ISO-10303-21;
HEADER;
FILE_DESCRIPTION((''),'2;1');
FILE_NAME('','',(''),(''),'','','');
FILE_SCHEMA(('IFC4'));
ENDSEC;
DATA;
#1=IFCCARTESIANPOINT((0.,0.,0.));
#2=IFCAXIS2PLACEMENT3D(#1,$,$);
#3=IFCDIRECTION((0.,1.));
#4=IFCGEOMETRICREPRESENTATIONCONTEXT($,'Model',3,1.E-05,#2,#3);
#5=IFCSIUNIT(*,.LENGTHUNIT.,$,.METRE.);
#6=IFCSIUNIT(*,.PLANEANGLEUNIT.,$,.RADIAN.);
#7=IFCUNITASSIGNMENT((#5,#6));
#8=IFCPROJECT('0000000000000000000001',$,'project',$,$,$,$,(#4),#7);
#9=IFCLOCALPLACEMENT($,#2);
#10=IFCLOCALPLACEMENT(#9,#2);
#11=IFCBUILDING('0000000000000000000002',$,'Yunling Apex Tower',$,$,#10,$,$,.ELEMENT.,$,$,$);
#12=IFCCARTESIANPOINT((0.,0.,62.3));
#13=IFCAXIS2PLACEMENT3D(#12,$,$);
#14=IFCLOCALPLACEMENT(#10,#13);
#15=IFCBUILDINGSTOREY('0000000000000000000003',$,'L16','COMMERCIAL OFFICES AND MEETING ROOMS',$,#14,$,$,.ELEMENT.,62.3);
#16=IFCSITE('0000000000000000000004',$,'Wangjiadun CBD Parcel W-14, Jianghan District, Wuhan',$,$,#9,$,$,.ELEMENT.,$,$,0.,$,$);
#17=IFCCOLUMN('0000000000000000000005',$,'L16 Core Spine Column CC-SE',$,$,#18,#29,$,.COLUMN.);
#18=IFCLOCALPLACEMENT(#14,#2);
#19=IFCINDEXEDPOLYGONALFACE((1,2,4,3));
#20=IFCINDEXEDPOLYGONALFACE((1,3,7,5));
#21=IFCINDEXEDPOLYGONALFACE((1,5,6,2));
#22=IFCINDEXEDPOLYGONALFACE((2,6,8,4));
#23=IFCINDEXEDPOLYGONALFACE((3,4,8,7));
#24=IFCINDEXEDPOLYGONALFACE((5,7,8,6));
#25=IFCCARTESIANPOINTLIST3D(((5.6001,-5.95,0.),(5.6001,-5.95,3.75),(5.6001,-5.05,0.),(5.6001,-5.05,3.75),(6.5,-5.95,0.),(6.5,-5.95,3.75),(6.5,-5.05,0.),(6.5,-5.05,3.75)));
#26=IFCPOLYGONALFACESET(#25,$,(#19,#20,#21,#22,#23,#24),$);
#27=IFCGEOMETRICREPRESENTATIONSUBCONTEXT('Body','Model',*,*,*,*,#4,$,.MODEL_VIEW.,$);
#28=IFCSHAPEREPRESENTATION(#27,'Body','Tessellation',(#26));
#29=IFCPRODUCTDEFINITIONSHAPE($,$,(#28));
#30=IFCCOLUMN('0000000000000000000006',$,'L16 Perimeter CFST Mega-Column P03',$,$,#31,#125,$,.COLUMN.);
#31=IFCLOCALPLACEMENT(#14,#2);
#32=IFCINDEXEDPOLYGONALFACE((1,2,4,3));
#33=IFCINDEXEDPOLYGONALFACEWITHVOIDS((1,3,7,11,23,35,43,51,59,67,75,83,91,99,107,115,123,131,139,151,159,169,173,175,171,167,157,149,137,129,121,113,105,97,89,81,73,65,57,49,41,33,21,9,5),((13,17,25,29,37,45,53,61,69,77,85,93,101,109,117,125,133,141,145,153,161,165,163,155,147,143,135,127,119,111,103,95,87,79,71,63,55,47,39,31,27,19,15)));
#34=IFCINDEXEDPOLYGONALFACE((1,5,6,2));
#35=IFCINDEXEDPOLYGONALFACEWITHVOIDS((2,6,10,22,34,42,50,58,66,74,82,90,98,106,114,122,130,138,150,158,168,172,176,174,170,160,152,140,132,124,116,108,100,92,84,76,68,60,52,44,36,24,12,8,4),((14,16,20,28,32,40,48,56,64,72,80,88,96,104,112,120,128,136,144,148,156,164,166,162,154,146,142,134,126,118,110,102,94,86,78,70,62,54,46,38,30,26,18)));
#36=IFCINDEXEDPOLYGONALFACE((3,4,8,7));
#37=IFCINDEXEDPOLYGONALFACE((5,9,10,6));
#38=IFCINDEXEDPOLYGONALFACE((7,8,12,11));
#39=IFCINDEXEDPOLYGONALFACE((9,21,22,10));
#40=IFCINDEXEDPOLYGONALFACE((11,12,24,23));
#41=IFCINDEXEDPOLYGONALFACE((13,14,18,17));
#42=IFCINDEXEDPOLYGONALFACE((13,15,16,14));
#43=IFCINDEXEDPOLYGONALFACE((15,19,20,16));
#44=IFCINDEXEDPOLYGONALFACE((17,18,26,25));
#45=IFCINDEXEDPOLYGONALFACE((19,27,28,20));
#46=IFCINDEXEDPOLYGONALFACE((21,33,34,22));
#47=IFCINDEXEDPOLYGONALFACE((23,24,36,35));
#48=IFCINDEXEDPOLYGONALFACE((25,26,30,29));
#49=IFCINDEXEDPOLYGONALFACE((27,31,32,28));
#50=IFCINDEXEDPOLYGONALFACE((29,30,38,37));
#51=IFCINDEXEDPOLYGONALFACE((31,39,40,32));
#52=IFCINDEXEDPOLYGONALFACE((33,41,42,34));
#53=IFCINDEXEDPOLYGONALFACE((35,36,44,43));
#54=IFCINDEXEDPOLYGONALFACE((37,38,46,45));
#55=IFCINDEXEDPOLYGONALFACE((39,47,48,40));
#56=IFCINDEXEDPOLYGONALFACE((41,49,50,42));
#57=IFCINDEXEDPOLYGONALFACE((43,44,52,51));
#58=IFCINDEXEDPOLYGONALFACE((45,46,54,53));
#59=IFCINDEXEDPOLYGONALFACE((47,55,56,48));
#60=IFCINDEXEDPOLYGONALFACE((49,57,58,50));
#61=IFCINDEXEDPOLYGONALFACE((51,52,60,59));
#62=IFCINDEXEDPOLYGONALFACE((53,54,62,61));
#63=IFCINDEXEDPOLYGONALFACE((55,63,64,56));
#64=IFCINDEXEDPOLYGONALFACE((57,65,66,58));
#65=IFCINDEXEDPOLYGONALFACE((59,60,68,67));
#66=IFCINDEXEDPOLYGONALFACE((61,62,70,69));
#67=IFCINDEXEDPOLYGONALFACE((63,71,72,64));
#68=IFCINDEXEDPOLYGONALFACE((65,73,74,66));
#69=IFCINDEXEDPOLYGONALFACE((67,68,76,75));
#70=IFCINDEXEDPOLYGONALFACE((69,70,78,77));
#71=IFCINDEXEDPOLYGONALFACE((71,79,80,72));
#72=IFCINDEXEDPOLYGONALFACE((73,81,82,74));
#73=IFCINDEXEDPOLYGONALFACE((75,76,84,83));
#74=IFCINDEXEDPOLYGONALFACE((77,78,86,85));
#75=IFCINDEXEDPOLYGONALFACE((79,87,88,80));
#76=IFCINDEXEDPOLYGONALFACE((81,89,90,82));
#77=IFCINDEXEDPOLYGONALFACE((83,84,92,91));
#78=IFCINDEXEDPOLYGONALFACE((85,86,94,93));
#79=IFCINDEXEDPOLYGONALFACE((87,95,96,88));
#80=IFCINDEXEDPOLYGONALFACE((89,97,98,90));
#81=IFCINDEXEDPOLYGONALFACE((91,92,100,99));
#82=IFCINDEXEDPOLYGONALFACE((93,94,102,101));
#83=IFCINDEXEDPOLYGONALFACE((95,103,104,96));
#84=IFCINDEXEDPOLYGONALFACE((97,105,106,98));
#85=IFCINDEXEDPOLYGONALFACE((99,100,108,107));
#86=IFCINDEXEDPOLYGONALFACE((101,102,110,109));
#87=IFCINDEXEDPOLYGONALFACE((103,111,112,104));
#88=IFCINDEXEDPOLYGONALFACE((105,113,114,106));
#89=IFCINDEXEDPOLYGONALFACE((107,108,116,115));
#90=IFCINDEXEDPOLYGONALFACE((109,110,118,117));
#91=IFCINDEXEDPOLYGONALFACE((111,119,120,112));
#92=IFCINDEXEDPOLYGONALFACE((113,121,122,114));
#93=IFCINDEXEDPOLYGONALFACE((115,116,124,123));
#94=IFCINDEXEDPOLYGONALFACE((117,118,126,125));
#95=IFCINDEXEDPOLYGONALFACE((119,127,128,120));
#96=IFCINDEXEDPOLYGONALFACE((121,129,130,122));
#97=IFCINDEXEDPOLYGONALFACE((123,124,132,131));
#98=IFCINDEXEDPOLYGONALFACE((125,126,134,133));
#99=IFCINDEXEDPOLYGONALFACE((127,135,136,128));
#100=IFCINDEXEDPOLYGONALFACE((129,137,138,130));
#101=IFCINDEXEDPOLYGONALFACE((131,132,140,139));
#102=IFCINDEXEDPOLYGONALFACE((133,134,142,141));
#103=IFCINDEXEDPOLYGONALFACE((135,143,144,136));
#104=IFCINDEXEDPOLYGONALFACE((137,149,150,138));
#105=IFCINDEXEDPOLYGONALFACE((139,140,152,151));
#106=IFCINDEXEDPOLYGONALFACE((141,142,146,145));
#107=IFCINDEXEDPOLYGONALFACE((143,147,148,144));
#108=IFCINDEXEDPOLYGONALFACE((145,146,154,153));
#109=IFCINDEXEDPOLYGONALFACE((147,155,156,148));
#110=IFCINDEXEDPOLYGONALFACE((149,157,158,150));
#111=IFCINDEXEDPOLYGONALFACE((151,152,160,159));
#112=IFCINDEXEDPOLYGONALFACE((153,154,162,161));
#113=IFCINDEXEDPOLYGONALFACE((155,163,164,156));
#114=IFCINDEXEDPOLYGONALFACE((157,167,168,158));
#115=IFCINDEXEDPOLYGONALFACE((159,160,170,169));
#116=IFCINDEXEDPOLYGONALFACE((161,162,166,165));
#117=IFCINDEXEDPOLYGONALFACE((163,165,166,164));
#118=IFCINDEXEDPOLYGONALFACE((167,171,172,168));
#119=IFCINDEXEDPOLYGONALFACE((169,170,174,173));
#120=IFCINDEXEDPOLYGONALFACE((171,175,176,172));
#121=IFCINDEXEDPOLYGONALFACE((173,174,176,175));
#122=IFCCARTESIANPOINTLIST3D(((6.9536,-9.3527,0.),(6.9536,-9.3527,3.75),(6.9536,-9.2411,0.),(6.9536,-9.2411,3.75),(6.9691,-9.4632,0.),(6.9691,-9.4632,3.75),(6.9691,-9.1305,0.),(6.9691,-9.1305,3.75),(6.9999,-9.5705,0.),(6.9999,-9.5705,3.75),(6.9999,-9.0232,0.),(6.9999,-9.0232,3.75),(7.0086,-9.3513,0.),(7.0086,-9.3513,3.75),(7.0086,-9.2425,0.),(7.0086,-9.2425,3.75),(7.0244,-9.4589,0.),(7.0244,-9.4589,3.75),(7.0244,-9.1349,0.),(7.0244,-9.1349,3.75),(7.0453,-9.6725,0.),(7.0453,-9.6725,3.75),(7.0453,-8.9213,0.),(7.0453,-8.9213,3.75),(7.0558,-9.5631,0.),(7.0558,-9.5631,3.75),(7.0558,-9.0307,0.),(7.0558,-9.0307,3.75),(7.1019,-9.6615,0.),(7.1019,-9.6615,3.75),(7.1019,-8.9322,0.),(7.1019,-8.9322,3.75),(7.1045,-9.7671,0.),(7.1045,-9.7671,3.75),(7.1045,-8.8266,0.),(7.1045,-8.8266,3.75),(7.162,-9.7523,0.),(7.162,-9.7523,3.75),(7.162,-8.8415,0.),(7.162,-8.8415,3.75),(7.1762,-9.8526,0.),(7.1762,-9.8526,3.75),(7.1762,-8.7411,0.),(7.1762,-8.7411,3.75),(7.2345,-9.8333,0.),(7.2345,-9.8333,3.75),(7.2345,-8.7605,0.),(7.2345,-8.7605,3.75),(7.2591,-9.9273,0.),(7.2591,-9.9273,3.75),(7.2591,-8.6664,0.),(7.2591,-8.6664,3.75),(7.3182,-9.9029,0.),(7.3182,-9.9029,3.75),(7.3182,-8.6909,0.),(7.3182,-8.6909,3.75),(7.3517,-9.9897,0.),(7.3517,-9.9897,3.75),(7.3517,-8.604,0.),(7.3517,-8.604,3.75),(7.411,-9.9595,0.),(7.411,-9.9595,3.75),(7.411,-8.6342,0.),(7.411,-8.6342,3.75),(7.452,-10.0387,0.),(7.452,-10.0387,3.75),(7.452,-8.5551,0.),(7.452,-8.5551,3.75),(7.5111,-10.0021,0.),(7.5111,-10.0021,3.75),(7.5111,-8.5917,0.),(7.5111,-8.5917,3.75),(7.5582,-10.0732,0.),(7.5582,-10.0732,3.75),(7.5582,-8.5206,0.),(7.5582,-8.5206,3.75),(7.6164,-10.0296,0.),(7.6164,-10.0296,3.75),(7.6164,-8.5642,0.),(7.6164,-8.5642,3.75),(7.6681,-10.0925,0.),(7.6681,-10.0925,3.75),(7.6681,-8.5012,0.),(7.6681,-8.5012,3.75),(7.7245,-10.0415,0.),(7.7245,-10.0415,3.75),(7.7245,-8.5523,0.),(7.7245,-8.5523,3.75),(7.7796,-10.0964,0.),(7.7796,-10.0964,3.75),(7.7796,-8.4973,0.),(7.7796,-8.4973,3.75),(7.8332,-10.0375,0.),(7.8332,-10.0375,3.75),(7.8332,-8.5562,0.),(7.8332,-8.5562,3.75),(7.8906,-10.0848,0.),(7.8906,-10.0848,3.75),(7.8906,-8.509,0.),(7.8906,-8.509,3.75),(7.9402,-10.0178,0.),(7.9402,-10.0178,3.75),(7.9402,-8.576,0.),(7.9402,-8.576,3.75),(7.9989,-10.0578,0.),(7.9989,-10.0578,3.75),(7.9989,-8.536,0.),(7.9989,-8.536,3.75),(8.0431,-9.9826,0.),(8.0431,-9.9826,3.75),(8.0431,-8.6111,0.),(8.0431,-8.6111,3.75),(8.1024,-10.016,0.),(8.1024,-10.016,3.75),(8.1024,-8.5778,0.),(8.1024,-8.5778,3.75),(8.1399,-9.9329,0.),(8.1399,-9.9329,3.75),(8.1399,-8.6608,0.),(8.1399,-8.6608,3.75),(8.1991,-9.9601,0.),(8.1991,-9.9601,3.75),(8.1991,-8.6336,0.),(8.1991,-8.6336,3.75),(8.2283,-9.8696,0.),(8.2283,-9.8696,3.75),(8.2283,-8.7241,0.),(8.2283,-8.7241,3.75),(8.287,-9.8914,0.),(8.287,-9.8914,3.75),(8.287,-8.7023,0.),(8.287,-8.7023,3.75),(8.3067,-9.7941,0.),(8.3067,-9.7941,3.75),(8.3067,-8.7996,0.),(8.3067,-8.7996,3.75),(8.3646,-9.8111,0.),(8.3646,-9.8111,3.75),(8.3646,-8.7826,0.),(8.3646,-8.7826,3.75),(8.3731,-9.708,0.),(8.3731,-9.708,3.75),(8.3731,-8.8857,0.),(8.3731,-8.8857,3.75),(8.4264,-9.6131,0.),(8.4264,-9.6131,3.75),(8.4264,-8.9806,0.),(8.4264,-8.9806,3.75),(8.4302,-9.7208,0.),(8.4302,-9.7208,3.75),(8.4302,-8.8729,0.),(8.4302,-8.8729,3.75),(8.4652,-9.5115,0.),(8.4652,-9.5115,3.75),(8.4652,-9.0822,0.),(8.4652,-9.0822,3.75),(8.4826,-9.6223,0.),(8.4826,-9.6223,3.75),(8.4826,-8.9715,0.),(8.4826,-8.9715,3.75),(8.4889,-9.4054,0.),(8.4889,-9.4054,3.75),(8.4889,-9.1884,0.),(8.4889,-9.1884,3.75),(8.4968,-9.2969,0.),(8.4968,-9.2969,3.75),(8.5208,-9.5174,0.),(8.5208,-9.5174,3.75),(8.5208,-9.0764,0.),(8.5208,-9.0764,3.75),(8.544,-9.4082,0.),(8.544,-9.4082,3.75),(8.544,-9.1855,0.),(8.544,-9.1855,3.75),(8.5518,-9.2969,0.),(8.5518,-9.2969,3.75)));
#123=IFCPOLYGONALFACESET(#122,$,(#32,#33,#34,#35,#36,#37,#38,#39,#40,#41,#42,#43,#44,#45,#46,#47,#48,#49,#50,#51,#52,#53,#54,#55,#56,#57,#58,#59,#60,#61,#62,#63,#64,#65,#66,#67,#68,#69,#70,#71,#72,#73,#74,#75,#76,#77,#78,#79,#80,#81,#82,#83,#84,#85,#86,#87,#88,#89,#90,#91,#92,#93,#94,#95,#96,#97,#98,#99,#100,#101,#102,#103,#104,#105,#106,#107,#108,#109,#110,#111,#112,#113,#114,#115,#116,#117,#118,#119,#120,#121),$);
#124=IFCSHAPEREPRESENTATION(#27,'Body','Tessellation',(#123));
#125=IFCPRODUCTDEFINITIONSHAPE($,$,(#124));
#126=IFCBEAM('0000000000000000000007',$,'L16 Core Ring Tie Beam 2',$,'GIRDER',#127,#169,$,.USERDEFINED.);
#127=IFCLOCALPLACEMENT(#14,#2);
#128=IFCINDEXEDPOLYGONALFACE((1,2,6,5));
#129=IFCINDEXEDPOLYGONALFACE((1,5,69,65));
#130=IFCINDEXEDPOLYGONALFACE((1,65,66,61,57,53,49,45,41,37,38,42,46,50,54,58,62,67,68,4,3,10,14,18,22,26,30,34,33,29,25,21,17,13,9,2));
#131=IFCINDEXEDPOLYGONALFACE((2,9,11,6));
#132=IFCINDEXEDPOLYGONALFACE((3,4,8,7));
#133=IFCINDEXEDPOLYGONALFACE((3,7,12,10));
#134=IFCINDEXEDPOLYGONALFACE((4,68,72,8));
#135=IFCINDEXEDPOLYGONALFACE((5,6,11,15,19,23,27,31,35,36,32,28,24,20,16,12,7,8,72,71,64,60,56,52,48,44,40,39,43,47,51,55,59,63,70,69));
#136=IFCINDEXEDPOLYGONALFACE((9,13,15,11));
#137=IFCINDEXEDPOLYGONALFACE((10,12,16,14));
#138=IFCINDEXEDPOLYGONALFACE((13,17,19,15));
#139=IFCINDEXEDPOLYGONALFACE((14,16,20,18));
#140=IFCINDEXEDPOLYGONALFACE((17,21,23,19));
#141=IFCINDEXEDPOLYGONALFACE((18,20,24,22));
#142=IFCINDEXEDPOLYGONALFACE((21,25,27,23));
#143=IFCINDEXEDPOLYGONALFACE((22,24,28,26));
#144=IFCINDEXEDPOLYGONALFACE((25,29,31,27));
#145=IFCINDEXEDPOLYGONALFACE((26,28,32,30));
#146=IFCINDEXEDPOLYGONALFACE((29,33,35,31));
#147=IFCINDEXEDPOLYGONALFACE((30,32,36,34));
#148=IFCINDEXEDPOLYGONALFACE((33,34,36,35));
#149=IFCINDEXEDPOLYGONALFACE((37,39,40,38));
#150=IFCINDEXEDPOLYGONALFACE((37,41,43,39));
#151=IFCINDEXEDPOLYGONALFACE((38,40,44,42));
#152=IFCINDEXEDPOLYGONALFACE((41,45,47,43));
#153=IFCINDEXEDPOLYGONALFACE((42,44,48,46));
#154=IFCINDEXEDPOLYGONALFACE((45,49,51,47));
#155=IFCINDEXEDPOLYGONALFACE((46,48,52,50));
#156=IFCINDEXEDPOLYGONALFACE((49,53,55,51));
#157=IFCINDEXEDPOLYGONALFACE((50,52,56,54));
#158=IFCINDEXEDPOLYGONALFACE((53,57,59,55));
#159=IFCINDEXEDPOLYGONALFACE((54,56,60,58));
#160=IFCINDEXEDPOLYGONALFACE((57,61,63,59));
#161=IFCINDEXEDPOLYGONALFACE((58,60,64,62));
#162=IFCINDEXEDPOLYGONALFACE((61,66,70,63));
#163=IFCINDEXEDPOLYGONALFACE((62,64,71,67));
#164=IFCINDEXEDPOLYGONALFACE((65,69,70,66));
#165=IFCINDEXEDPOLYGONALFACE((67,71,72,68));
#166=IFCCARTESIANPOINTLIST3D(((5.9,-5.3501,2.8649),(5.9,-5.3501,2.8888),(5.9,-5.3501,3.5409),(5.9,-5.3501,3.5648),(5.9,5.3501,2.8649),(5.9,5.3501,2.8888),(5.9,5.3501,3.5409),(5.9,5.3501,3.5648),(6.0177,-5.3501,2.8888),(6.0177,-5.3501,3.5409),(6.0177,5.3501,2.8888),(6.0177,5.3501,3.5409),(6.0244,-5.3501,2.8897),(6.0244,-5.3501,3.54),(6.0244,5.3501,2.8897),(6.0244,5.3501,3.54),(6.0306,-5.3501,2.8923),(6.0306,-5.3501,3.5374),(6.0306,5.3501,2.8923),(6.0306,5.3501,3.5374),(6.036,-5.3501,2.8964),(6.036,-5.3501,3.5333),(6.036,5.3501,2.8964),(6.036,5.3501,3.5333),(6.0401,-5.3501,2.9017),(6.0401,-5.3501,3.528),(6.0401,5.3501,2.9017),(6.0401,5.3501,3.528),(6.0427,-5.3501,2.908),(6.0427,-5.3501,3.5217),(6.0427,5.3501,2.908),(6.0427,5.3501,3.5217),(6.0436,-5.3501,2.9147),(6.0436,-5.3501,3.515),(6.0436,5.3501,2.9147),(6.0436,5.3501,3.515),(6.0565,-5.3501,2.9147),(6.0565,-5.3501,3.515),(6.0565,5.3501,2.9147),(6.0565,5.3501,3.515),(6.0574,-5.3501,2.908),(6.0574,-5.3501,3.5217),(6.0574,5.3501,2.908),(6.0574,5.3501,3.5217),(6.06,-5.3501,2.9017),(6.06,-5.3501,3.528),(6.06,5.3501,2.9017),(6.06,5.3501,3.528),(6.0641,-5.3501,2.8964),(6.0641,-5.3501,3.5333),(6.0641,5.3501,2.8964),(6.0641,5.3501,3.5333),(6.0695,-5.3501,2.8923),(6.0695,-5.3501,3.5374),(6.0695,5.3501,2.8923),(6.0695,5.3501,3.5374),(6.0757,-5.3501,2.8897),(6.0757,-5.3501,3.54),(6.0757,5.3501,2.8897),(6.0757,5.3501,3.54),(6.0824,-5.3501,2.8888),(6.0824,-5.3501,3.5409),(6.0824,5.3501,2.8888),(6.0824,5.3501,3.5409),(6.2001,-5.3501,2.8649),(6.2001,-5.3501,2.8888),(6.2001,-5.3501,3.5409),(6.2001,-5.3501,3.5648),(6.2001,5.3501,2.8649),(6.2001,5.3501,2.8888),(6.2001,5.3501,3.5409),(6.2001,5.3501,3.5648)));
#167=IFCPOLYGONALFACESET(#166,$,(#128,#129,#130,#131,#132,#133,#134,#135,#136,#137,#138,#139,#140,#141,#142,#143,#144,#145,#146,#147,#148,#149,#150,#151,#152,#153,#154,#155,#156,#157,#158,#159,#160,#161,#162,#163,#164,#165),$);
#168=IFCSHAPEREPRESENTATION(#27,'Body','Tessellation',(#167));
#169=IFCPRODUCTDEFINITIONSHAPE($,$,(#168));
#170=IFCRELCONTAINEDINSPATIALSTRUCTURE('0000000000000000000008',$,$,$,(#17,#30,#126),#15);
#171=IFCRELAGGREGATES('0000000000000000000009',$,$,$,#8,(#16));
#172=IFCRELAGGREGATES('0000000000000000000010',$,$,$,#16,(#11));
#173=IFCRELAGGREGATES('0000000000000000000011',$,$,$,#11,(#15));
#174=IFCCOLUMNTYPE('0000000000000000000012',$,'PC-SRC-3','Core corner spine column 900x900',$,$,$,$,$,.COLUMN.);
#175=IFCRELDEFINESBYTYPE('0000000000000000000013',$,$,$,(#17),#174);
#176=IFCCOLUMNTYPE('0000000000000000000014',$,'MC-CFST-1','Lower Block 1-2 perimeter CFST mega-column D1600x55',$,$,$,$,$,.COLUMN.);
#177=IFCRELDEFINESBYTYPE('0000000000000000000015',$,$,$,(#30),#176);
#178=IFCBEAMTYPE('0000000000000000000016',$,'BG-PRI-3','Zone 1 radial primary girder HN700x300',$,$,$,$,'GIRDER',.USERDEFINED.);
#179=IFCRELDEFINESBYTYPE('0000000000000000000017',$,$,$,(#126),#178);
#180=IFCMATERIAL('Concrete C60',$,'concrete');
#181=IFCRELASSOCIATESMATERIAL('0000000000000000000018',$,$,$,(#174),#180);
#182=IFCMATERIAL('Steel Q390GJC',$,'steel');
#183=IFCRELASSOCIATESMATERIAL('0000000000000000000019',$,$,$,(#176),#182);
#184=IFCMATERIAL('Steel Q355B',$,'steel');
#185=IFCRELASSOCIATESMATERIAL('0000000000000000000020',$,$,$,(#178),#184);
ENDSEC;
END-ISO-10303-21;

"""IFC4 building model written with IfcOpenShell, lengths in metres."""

from ifc_helpers import new_model, si_unit, direction, frame, origin, origin_2d, place, context, subcontext, project, spatial, rectangle, hollow_circle, i_section, extrude, source, transform, mapped, material, material_profile, profile_set, type_object, element, save


model = new_model("IFC4")

# Units and contexts
model_context = context("Model", 3, precision=1e-05, world=origin(), true_north=direction((0.0, 1.0)))
body_context = subcontext(model_context, "Body", "Model", "MODEL_VIEW")
ifc_project = project(units=[si_unit("LENGTHUNIT", "METRE"), si_unit("PLANEANGLEUNIT", "RADIAN")], contexts=[model_context])

# Site, building, storey
site_placement = place(None, origin())
site = spatial("IfcSite", under=ifc_project, at=site_placement, Name="Wangjiadun CBD Parcel W-14, Jianghan District, Wuhan", CompositionType="ELEMENT", RefElevation=0.0)
building_placement = place(site_placement, origin())
building = spatial("IfcBuilding", under=site, at=building_placement, Name="Yunling Apex Tower", CompositionType="ELEMENT")
storey_placement = place(building_placement, frame((0.0, 0.0, 62.3)))
storey = spatial("IfcBuildingStorey", under=building, at=storey_placement, Name="L16", Description="COMMERCIAL OFFICES AND MEETING ROOMS", CompositionType="ELEMENT", Elevation=62.3)

# Columns
ifc_material_1 = material(Name="Concrete C60", Category="concrete")
ifc_material_profile_1 = material_profile(ifc_material_1, rectangle(XDim=0.8999, YDim=0.8999, at=origin_2d()))
ifc_profile_set_1 = profile_set([ifc_material_profile_1], Name="Concrete C60")
column_type_1 = type_object("IfcColumnType", Name="PC-SRC-3", Description="Core corner spine column 900x900", PredefinedType="COLUMN", material=ifc_profile_set_1)
shared_shape_1 = source(origin(), body_context, "Body", "SweptSolid", [
    extrude(rectangle(XDim=0.8999, YDim=0.8999, at=origin_2d()), origin(), (0.0, 0.0, 1.0), 3.75),
])
column_1_placement = place(storey_placement, frame((6.05, -5.5, 0.0), z_axis=(0.0, 0.0, 1.0), x_axis=(1.0, 0.0, 0.0)))
element("IfcColumn", 1, at=column_1_placement, inside=storey, type_object=column_type_1, Name="L16 Core Spine Column CC-SE", PredefinedType="COLUMN", context=body_context, shape_type="MappedRepresentation", body=[
    mapped(shared_shape_1, transform((0.0, 0.0, 0.0), scale=1.0)),
])
ifc_material_2 = material(Name="Steel Q390GJC", Category="steel")
ifc_material_profile_2 = material_profile(ifc_material_2, hollow_circle(Radius=0.8, WallThickness=0.0549, at=origin_2d()))
ifc_profile_set_2 = profile_set([ifc_material_profile_2], Name="Steel Q390GJC")
column_type_2 = type_object("IfcColumnType", Name="MC-CFST-1", Description="Lower Block 1-2 perimeter CFST mega-column D1600x55", PredefinedType="COLUMN", material=ifc_profile_set_2)
shared_shape_2 = source(origin(), body_context, "Body", "SweptSolid", [
    extrude(hollow_circle(Radius=0.8, WallThickness=0.0549, at=origin_2d()), origin(), (0.0, 0.0, 1.0), 3.75),
])
column_2_placement = place(storey_placement, frame((7.7517, -9.2969, 0.0), z_axis=(0.0, 0.0, 1.0), x_axis=(1.0, 0.0, 0.0)))
element("IfcColumn", 2, at=column_2_placement, inside=storey, type_object=column_type_2, Name="L16 Perimeter CFST Mega-Column P03", PredefinedType="COLUMN", context=body_context, shape_type="MappedRepresentation", body=[
    mapped(shared_shape_2, transform((0.0, 0.0, 0.0), scale=1.0)),
])

# Beam
ifc_material_3 = material(Name="Steel Q355B", Category="steel")
ifc_material_profile_3 = material_profile(ifc_material_3, i_section(OverallWidth=0.3, OverallDepth=0.7, WebThickness=0.0129, FlangeThickness=0.0239, FilletRadius=0.0259, at=origin_2d()))
ifc_profile_set_3 = profile_set([ifc_material_profile_3], Name="Steel Q355B")
beam_type = type_object("IfcBeamType", Name="BG-PRI-3", Description="Zone 1 radial primary girder HN700x300", ElementType="GIRDER", PredefinedType="USERDEFINED", material=ifc_profile_set_3)
shared_shape_3 = source(origin(), body_context, "Body", "SweptSolid", [
    extrude(i_section(OverallWidth=0.3, OverallDepth=0.7, WebThickness=0.0129, FlangeThickness=0.0239, FilletRadius=0.0259, at=origin_2d()), origin(), (0.0, 0.0, 1.0), 10.7002),
])
beam_1_placement = place(storey_placement, frame((6.05, -5.3501, 3.2148), z_axis=(0.0, 1.0, 0.0), x_axis=(-1.0, 0.0, 0.0)))
element("IfcBeam", 3, at=beam_1_placement, inside=storey, type_object=beam_type, Name="L16 Core Ring Tie Beam 2", ObjectType="GIRDER", PredefinedType="USERDEFINED", context=body_context, shape_type="MappedRepresentation", body=[
    mapped(shared_shape_3, transform((0.0, 0.0, 0.0), scale=1.0)),
])

save(model, "model.ifc")
